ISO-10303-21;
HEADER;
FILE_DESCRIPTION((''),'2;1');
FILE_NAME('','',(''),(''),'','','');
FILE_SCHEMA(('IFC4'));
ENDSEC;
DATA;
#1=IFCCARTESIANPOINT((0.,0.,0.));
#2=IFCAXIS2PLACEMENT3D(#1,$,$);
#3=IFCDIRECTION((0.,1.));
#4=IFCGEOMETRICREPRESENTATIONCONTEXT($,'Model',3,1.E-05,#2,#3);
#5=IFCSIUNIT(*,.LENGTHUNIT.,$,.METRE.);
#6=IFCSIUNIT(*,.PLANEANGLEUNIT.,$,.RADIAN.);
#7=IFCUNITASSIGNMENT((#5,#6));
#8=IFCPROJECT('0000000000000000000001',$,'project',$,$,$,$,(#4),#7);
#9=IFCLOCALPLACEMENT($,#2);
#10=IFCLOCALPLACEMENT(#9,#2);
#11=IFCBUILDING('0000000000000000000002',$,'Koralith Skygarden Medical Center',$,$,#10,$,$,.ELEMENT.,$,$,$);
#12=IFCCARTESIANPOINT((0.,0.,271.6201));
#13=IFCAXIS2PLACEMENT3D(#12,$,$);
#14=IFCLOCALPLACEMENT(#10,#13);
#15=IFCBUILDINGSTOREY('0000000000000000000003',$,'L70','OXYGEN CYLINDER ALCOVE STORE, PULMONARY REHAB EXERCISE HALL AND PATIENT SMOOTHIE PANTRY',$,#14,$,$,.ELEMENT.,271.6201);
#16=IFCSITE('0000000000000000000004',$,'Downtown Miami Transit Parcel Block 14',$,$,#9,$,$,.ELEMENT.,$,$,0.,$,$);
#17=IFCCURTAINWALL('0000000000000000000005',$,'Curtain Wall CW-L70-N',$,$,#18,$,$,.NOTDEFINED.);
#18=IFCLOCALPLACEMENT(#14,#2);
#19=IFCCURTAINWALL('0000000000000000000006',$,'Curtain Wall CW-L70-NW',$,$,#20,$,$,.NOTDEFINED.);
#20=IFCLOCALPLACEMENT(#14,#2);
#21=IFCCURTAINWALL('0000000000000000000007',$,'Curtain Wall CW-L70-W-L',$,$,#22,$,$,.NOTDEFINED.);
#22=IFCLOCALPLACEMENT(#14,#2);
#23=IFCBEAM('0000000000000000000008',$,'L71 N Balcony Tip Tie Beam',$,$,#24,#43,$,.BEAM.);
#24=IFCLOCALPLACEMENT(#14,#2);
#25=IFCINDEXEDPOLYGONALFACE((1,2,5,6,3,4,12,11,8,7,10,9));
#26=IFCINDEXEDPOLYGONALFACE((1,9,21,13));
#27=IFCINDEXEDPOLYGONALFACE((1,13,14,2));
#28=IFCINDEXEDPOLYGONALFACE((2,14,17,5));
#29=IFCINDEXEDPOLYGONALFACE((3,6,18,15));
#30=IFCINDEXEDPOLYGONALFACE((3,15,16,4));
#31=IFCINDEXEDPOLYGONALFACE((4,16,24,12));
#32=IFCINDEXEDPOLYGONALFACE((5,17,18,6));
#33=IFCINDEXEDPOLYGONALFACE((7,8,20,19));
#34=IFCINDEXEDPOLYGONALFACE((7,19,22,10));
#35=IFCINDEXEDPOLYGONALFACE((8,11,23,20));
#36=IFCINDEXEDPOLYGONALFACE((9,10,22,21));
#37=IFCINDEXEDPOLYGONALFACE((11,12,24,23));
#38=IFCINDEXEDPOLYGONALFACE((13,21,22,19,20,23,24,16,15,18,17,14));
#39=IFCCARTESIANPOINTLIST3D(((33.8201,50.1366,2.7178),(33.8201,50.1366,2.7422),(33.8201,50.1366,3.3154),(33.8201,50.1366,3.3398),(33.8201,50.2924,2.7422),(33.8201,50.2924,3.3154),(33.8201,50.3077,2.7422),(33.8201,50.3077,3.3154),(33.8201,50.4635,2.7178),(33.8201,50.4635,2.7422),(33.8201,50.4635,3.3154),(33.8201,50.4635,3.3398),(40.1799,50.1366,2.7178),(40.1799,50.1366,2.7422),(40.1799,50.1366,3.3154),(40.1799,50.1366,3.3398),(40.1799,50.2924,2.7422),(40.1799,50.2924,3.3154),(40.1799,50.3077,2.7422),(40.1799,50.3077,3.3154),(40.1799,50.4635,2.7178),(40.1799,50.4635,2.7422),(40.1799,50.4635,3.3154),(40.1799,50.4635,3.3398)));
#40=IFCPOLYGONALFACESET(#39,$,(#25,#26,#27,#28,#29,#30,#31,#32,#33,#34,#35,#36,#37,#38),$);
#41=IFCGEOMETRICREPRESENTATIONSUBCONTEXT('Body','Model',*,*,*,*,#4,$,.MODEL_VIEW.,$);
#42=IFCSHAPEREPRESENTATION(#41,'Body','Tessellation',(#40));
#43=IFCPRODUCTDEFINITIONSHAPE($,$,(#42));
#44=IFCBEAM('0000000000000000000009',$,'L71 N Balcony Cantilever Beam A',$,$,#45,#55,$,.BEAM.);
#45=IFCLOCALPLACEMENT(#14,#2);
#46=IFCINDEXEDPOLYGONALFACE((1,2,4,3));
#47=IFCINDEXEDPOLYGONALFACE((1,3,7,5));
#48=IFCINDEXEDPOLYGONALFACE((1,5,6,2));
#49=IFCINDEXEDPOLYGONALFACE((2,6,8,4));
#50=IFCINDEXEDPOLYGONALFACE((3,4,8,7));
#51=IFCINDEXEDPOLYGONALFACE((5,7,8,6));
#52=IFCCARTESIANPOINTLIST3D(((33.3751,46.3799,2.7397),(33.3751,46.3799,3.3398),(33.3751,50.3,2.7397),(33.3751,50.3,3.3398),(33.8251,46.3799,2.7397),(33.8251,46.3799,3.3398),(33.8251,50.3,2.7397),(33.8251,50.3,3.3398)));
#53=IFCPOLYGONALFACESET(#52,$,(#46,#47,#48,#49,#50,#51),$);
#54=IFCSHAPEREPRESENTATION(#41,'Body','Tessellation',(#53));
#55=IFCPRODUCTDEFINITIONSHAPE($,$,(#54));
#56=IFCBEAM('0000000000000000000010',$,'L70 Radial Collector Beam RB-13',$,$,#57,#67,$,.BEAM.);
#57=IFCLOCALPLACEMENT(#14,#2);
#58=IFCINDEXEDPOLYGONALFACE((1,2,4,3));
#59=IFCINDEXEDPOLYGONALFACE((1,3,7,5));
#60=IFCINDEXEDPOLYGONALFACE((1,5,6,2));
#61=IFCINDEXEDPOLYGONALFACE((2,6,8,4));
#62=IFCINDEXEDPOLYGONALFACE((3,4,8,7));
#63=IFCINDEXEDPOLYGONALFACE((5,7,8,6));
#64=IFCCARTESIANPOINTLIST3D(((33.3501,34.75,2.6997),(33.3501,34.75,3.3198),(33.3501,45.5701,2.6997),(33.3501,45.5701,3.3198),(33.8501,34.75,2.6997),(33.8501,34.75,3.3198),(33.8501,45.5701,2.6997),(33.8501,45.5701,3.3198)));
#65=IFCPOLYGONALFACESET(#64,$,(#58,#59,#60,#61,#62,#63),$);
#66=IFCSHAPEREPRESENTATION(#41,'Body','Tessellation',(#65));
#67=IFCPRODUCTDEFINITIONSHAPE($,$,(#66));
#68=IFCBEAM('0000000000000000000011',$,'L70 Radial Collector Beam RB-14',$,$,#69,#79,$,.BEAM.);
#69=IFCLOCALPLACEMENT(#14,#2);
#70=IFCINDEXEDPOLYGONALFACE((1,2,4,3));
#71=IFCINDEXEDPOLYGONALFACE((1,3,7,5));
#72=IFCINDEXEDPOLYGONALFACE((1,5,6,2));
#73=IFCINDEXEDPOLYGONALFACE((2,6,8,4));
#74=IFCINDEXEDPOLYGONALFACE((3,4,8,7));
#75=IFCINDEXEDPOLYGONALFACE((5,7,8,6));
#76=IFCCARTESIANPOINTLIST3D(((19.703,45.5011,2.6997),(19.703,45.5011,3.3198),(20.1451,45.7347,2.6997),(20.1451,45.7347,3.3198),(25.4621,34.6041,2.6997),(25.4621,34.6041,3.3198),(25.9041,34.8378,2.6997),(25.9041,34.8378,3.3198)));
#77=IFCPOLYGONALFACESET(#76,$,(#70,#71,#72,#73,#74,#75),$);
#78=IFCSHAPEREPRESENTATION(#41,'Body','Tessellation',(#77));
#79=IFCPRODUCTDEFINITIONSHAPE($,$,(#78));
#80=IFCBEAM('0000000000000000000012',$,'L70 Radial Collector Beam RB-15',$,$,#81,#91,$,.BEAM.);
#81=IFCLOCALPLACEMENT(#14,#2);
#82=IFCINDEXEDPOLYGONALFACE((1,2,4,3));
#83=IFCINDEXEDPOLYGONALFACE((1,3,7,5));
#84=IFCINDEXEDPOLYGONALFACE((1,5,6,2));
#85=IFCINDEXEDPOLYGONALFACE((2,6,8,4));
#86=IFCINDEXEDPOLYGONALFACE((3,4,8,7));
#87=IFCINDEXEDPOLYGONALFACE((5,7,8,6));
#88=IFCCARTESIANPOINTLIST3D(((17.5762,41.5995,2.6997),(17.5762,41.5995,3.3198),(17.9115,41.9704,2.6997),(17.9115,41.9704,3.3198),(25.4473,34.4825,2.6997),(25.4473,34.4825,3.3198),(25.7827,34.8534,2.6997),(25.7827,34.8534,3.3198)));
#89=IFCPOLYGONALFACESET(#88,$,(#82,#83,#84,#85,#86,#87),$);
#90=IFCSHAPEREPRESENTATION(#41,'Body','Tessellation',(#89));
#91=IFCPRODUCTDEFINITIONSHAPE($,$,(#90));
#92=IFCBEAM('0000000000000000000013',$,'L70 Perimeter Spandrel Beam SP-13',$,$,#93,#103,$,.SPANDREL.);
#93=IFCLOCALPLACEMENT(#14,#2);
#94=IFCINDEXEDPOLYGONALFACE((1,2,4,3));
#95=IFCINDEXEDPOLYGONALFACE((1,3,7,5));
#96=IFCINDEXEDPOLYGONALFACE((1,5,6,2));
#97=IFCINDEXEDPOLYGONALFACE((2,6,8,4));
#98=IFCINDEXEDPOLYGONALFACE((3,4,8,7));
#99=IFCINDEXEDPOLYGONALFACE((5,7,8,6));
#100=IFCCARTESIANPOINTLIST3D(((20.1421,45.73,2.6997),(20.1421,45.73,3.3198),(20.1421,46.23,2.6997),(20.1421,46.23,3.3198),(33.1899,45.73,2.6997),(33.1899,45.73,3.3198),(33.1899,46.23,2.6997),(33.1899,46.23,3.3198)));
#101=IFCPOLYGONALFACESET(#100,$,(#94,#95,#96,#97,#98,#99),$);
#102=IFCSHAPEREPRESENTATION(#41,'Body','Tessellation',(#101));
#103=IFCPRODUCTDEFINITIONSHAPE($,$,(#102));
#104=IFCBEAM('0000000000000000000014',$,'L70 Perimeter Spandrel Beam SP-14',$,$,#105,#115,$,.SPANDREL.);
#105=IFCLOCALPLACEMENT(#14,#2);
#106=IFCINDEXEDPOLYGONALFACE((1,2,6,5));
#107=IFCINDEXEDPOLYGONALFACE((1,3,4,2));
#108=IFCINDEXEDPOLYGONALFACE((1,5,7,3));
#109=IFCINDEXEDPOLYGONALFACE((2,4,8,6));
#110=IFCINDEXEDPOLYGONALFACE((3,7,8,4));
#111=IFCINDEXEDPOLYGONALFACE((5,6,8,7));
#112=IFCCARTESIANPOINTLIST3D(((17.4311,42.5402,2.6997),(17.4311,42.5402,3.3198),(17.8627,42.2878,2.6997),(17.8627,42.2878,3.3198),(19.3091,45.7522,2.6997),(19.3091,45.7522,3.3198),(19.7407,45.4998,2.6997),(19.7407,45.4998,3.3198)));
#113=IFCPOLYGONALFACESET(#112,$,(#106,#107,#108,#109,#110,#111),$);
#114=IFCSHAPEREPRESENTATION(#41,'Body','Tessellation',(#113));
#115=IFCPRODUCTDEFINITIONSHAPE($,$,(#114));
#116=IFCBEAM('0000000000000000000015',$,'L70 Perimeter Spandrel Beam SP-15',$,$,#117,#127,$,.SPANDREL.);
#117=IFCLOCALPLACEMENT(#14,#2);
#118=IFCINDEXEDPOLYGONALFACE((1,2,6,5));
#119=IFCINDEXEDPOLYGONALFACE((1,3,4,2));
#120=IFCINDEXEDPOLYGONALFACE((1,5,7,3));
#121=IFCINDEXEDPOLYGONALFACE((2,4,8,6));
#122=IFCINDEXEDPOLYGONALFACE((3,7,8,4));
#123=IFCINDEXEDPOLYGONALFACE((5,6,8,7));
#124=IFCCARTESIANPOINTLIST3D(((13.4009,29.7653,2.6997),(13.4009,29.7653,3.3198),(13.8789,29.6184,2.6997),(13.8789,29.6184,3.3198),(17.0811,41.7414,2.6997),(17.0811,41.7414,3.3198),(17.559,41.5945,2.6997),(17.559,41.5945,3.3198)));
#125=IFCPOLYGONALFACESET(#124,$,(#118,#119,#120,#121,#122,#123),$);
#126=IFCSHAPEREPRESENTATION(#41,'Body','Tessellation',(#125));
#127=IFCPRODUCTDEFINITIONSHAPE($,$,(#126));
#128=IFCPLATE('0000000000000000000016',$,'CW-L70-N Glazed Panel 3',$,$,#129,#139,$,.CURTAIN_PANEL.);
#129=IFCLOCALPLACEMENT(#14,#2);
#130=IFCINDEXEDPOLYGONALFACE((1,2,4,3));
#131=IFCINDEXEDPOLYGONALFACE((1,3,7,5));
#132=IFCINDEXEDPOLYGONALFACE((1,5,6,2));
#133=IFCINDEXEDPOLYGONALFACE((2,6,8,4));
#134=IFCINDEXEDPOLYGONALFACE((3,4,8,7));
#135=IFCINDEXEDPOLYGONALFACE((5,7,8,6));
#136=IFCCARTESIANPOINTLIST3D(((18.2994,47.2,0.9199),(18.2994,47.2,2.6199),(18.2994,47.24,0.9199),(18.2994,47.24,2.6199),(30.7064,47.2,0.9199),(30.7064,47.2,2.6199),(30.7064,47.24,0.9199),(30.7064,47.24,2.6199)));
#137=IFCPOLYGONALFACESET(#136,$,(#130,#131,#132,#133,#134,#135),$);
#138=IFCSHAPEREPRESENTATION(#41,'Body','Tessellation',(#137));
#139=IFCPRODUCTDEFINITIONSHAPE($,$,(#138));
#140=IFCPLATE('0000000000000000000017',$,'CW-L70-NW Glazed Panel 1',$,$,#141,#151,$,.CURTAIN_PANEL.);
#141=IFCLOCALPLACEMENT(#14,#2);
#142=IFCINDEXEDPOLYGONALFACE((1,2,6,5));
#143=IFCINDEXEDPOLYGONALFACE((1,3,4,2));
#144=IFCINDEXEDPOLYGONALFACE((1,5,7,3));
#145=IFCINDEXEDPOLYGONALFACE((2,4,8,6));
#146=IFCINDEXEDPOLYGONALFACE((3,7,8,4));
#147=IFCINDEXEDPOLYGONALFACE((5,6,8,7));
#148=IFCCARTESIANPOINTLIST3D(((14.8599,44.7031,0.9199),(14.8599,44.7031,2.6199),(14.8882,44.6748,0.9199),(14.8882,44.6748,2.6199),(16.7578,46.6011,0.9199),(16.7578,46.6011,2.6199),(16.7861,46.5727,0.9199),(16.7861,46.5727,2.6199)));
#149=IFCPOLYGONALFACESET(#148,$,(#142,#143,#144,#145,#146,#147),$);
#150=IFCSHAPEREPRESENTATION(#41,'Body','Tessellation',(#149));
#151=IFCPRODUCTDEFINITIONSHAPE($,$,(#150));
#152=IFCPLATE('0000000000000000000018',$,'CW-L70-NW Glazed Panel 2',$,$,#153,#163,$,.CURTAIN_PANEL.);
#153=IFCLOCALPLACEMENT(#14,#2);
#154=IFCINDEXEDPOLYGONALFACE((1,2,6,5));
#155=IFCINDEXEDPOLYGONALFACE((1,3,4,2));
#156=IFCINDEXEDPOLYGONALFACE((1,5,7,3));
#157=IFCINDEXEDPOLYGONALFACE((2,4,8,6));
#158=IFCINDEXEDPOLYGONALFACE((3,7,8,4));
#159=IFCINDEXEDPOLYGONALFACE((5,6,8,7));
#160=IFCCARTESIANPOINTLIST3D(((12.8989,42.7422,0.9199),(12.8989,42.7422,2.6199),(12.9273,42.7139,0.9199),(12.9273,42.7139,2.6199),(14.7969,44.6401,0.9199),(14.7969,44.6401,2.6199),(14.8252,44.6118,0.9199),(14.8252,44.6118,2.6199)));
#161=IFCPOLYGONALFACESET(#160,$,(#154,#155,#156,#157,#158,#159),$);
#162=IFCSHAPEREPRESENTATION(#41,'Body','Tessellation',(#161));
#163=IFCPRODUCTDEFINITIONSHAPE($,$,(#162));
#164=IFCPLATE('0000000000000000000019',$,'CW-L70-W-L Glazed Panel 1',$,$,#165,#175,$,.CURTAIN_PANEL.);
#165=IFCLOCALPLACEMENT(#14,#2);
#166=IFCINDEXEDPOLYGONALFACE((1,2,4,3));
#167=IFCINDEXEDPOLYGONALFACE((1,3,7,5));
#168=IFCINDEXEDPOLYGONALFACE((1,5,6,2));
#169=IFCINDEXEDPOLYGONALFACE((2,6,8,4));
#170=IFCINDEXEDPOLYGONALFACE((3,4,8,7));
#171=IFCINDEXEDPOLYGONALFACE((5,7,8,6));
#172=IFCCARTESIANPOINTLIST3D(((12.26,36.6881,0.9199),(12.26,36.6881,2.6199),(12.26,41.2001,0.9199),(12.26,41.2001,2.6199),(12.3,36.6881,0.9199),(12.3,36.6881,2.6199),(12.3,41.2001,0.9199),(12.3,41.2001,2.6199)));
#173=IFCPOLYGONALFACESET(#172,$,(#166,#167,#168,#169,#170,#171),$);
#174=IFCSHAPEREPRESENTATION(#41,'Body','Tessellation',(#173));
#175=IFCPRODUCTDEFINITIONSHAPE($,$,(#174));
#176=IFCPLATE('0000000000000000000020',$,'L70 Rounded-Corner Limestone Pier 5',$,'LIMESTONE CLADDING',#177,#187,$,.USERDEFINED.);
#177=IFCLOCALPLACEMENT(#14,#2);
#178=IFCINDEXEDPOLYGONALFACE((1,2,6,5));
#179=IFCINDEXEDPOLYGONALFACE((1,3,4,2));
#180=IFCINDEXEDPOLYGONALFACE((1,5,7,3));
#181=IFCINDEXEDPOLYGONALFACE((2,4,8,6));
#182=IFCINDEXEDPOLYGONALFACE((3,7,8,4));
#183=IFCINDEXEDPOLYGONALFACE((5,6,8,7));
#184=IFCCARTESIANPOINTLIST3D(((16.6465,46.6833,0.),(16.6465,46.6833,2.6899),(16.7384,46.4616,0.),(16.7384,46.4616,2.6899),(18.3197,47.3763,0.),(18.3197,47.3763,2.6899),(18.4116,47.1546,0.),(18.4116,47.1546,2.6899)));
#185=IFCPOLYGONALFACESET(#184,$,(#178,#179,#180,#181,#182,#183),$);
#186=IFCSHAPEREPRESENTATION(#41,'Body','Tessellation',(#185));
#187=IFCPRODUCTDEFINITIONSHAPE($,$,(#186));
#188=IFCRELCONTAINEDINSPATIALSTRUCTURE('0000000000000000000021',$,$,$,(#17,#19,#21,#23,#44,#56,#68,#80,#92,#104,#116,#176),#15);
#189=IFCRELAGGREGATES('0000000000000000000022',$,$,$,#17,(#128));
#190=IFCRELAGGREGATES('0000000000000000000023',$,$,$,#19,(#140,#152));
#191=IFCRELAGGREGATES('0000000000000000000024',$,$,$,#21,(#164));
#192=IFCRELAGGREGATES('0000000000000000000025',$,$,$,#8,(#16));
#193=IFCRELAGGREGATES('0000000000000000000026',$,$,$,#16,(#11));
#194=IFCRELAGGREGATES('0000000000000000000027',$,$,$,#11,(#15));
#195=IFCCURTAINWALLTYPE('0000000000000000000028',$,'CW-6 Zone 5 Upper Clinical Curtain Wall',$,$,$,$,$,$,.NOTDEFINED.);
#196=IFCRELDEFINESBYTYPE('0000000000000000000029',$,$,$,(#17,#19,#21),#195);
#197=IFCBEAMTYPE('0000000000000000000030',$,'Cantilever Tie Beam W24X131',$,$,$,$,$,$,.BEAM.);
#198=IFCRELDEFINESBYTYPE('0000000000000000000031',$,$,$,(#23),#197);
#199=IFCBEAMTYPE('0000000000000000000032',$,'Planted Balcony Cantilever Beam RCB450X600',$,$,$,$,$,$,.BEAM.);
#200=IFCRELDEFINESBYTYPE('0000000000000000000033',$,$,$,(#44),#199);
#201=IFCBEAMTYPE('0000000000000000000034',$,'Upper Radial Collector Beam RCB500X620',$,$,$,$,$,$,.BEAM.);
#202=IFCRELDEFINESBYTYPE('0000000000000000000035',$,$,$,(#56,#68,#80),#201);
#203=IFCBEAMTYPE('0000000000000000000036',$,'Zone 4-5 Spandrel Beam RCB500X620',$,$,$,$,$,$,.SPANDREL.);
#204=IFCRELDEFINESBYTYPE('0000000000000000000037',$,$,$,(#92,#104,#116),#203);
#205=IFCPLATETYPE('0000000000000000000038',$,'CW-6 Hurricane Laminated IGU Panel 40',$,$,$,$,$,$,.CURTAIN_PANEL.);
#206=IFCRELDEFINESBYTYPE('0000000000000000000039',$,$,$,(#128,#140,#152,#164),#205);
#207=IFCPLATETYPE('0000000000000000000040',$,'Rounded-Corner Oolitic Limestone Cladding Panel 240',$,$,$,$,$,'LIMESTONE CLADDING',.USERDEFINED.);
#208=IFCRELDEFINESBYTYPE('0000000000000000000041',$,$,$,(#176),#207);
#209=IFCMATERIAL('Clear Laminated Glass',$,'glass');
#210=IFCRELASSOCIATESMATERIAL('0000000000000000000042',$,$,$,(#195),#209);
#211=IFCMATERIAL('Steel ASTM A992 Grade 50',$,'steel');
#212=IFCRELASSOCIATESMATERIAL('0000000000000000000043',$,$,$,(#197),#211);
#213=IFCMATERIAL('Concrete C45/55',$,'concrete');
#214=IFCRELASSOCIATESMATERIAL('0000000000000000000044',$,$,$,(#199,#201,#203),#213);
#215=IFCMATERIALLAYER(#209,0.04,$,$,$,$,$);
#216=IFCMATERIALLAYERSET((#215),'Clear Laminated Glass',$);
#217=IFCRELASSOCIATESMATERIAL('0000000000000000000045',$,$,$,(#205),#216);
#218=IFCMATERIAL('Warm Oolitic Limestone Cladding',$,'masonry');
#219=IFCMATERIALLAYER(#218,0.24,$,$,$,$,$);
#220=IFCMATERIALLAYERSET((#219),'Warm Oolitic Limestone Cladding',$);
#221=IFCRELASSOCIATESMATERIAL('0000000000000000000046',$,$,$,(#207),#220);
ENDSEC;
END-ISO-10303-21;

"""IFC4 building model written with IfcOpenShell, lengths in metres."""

from ifc_helpers import new_model, si_unit, direction, frame, origin, origin_2d, place, context, subcontext, project, spatial, rectangle, i_section, extrude, material, layer, layer_set, material_profile, profile_set, type_object, element, aggregate, save


model = new_model("IFC4")

# Units and contexts
model_context = context("Model", 3, precision=1e-05, world=origin(), true_north=direction((0.0, 1.0)))
body_context = subcontext(model_context, "Body", "Model", "MODEL_VIEW")
ifc_project = project(units=[si_unit("LENGTHUNIT", "METRE"), si_unit("PLANEANGLEUNIT", "RADIAN")], contexts=[model_context])

# Site, building, storey
site_placement = place(None, origin())
site = spatial("IfcSite", under=ifc_project, at=site_placement, Name="Downtown Miami Transit Parcel Block 14", CompositionType="ELEMENT", RefElevation=0.0)
building_placement = place(site_placement, origin())
building = spatial("IfcBuilding", under=site, at=building_placement, Name="Koralith Skygarden Medical Center", CompositionType="ELEMENT")
storey_placement = place(building_placement, frame((0.0, 0.0, 271.6201)))
storey = spatial("IfcBuildingStorey", under=building, at=storey_placement, Name="L70", Description="OXYGEN CYLINDER ALCOVE STORE, PULMONARY REHAB EXERCISE HALL AND PATIENT SMOOTHIE PANTRY", CompositionType="ELEMENT", Elevation=271.6201)

# Curtain walls
ifc_material_1 = material(Name="Clear Laminated Glass", Category="glass")
curtain_wall_type = type_object("IfcCurtainWallType", Name="CW-6 Zone 5 Upper Clinical Curtain Wall", PredefinedType="NOTDEFINED", material=ifc_material_1)
curtain_wall_1_placement = place(storey_placement, origin())
curtain_wall_1 = element("IfcCurtainWall", 1, at=curtain_wall_1_placement, inside=storey, type_object=curtain_wall_type, Name="Curtain Wall CW-L70-N", PredefinedType="NOTDEFINED")
curtain_wall_2_placement = place(storey_placement, origin())
curtain_wall_2 = element("IfcCurtainWall", 2, at=curtain_wall_2_placement, inside=storey, type_object=curtain_wall_type, Name="Curtain Wall CW-L70-NW", PredefinedType="NOTDEFINED")
curtain_wall_3_placement = place(storey_placement, origin())
curtain_wall_3 = element("IfcCurtainWall", 3, at=curtain_wall_3_placement, inside=storey, type_object=curtain_wall_type, Name="Curtain Wall CW-L70-W-L", PredefinedType="NOTDEFINED")

# Beams
ifc_material_2 = material(Name="Steel ASTM A992 Grade 50", Category="steel")
ifc_material_profile_1 = material_profile(ifc_material_2, i_section(OverallWidth=0.3269, OverallDepth=0.6221, WebThickness=0.0154, FlangeThickness=0.0244, at=origin_2d()), Name="W24X131")
ifc_profile_set_1 = profile_set([ifc_material_profile_1], Name="Steel ASTM A992 Grade 50")
beam_type_1 = type_object("IfcBeamType", Name="Cantilever Tie Beam W24X131", PredefinedType="BEAM", material=ifc_profile_set_1)
beam_1_placement = place(storey_placement, frame((33.8201, 50.3, 3.0288), z_axis=(1.0, 0.0, 0.0), x_axis=(0.0, 1.0, 0.0)))
element("IfcBeam", 4, at=beam_1_placement, inside=storey, type_object=beam_type_1, Name="L71 N Balcony Tip Tie Beam", PredefinedType="BEAM", context=body_context, shape_type="SweptSolid", body=[
    extrude(i_section(OverallWidth=0.3269, OverallDepth=0.6221, WebThickness=0.0154, FlangeThickness=0.0244, at=origin_2d()), origin(), (0.0, 0.0, 1.0), 6.3599),
])
ifc_material_3 = material(Name="Concrete C45/55", Category="concrete")
ifc_material_profile_2 = material_profile(ifc_material_3, rectangle(XDim=0.45, YDim=0.6001, at=origin_2d()), Name="RCB450X600")
ifc_profile_set_2 = profile_set([ifc_material_profile_2], Name="Concrete C45/55")
beam_type_2 = type_object("IfcBeamType", Name="Planted Balcony Cantilever Beam RCB450X600", PredefinedType="BEAM", material=ifc_profile_set_2)
beam_2_placement = place(storey_placement, frame((33.6001, 46.3799, 3.0398), z_axis=(0.0, 1.0, 0.0), x_axis=(-1.0, 0.0, 0.0)))
element("IfcBeam", 5, at=beam_2_placement, inside=storey, type_object=beam_type_2, Name="L71 N Balcony Cantilever Beam A", PredefinedType="BEAM", context=body_context, shape_type="SweptSolid", body=[
    extrude(rectangle(XDim=0.45, YDim=0.6001, at=origin_2d()), origin(), (0.0, 0.0, 1.0), 3.9202),
])
ifc_material_profile_3 = material_profile(ifc_material_3, rectangle(XDim=0.5, YDim=0.6201, at=origin_2d()), Name="RCB500X620")
ifc_profile_set_3 = profile_set([ifc_material_profile_3], Name="Concrete C45/55")
beam_type_3 = type_object("IfcBeamType", Name="Upper Radial Collector Beam RCB500X620", PredefinedType="BEAM", material=ifc_profile_set_3)
beam_3_placement = place(storey_placement, frame((33.6001, 34.75, 3.0098), z_axis=(0.0, 1.0, 0.0), x_axis=(-1.0, 0.0, 0.0)))
element("IfcBeam", 6, at=beam_3_placement, inside=storey, type_object=beam_type_3, Name="L70 Radial Collector Beam RB-13", PredefinedType="BEAM", context=body_context, shape_type="SweptSolid", body=[
    extrude(rectangle(XDim=0.5, YDim=0.6201, at=origin_2d()), origin(), (0.0, 0.0, 1.0), 10.8201),
])
beam_4_placement = place(storey_placement, frame((25.6831, 34.7209, 3.0098), z_axis=(-0.467257, 0.884122, 0.0), x_axis=(-0.884122, -0.467257, 0.0)))
element("IfcBeam", 7, at=beam_4_placement, inside=storey, type_object=beam_type_3, Name="L70 Radial Collector Beam RB-14", PredefinedType="BEAM", context=body_context, shape_type="SweptSolid", body=[
    extrude(rectangle(XDim=0.5, YDim=0.6201, at=origin_2d()), origin(), (0.0, 0.0, 1.0), 12.3252),
])
beam_5_placement = place(storey_placement, frame((25.615, 34.668, 3.0098), z_axis=(-0.741748, 0.670679, 0.0), x_axis=(-0.670679, -0.741748, 0.0)))
element("IfcBeam", 8, at=beam_5_placement, inside=storey, type_object=beam_type_3, Name="L70 Radial Collector Beam RB-15", PredefinedType="BEAM", context=body_context, shape_type="SweptSolid", body=[
    extrude(rectangle(XDim=0.5, YDim=0.6201, at=origin_2d()), origin(), (0.0, 0.0, 1.0), 10.6116),
])
ifc_material_profile_4 = material_profile(ifc_material_3, rectangle(XDim=0.5, YDim=0.6201, at=origin_2d()), Name="RCB500X620")
ifc_profile_set_4 = profile_set([ifc_material_profile_4], Name="Concrete C45/55")
beam_type_4 = type_object("IfcBeamType", Name="Zone 4-5 Spandrel Beam RCB500X620", PredefinedType="SPANDREL", material=ifc_profile_set_4)
beam_6_placement = place(storey_placement, frame((33.1899, 45.98, 3.0098), z_axis=(-1.0, 0.0, 0.0), x_axis=(0.0, -1.0, 0.0)))
element("IfcBeam", 9, at=beam_6_placement, inside=storey, type_object=beam_type_4, Name="L70 Perimeter Spandrel Beam SP-13", PredefinedType="SPANDREL", context=body_context, shape_type="SweptSolid", body=[
    extrude(rectangle(XDim=0.5, YDim=0.6201, at=origin_2d()), origin(), (0.0, 0.0, 1.0), 13.0479),
])
beam_7_placement = place(storey_placement, frame((19.5249, 45.626, 3.0098), z_axis=(-0.504736, -0.863274, 0.0), x_axis=(0.863274, -0.504736, 0.0)))
element("IfcBeam", 10, at=beam_7_placement, inside=storey, type_object=beam_type_4, Name="L70 Perimeter Spandrel Beam SP-14", PredefinedType="SPANDREL", context=body_context, shape_type="SweptSolid", body=[
    extrude(rectangle(XDim=0.5, YDim=0.6201, at=origin_2d()), origin(), (0.0, 0.0, 1.0), 3.7207),
])
beam_8_placement = place(storey_placement, frame((17.3201, 41.668, 3.0098), z_axis=(-0.293738, -0.955886, 0.0), x_axis=(0.955886, -0.293738, 0.0)))
element("IfcBeam", 11, at=beam_8_placement, inside=storey, type_object=beam_type_4, Name="L70 Perimeter Spandrel Beam SP-15", PredefinedType="SPANDREL", context=body_context, shape_type="SweptSolid", body=[
    extrude(rectangle(XDim=0.5, YDim=0.6201, at=origin_2d()), origin(), (0.0, 0.0, 1.0), 12.5288),
])

# Plates
ifc_layer_1 = layer(ifc_material_1, 0.04)
ifc_layer_set_1 = layer_set([ifc_layer_1], Name="Clear Laminated Glass")
plate_type_1 = type_object("IfcPlateType", Name="CW-6 Hurricane Laminated IGU Panel 40", PredefinedType="CURTAIN_PANEL", material=ifc_layer_set_1)
plate_1_placement = place(storey_placement, frame((24.5029, 47.22, 0.9199), z_axis=(0.0, 0.0, 1.0), x_axis=(-1.0, 0.0, 0.0)))
plate_1 = element("IfcPlate", 12, at=plate_1_placement, type_object=plate_type_1, Name="CW-L70-N Glazed Panel 3", PredefinedType="CURTAIN_PANEL", context=body_context, shape_type="SweptSolid", body=[
    extrude(rectangle(XDim=12.407, YDim=0.04, at=origin_2d()), origin(), (0.0, 0.0, 1.0), 1.7),
])
aggregate(curtain_wall_1, [plate_1])
plate_2_placement = place(storey_placement, frame((15.823, 45.6379, 0.9199), z_axis=(0.0, 0.0, 1.0), x_axis=(-0.707107, -0.707107, 0.0)))
plate_2 = element("IfcPlate", 13, at=plate_2_placement, type_object=plate_type_1, Name="CW-L70-NW Glazed Panel 1", PredefinedType="CURTAIN_PANEL", context=body_context, shape_type="SweptSolid", body=[
    extrude(rectangle(XDim=2.6841, YDim=0.04, at=origin_2d()), origin(), (0.0, 0.0, 1.0), 1.7),
])
plate_3_placement = place(storey_placement, frame((13.8621, 43.677, 0.9199), z_axis=(0.0, 0.0, 1.0), x_axis=(-0.707107, -0.707107, 0.0)))
plate_3 = element("IfcPlate", 14, at=plate_3_placement, type_object=plate_type_1, Name="CW-L70-NW Glazed Panel 2", PredefinedType="CURTAIN_PANEL", context=body_context, shape_type="SweptSolid", body=[
    extrude(rectangle(XDim=2.6841, YDim=0.04, at=origin_2d()), origin(), (0.0, 0.0, 1.0), 1.7),
])
aggregate(curtain_wall_2, [plate_2, plate_3])
plate_4_placement = place(storey_placement, frame((12.28, 38.9441, 0.9199), z_axis=(0.0, 0.0, 1.0), x_axis=(0.0, -1.0, 0.0)))
plate_4 = element("IfcPlate", 15, at=plate_4_placement, type_object=plate_type_1, Name="CW-L70-W-L Glazed Panel 1", PredefinedType="CURTAIN_PANEL", context=body_context, shape_type="SweptSolid", body=[
    extrude(rectangle(XDim=4.512, YDim=0.04, at=origin_2d()), origin(), (0.0, 0.0, 1.0), 1.7),
])
aggregate(curtain_wall_3, [plate_4])

# Plate
ifc_material_4 = material(Name="Warm Oolitic Limestone Cladding", Category="masonry")
ifc_layer_2 = layer(ifc_material_4, 0.24)
ifc_layer_set_2 = layer_set([ifc_layer_2], Name="Warm Oolitic Limestone Cladding")
plate_type_2 = type_object("IfcPlateType", Name="Rounded-Corner Oolitic Limestone Cladding Panel 240", ElementType="LIMESTONE CLADDING", PredefinedType="USERDEFINED", material=ifc_layer_set_2)
for number, where, z_axis, x_axis, name in (
    (16, (17.5291, 46.9189, 0.0), (0.0, 0.0, 1.0), (-0.923885, -0.382671, 0.0), "L70 Rounded-Corner Limestone Pier 5"),
):
    element("IfcPlate", number, at=place(storey_placement, frame(where, z_axis=z_axis, x_axis=x_axis)), inside=storey, type_object=plate_type_2, Name=name, ObjectType="LIMESTONE CLADDING", PredefinedType="USERDEFINED", context=body_context, shape_type="SweptSolid", body=[
        extrude(rectangle(XDim=1.811, YDim=0.24, at=origin_2d()), origin(), (0.0, 0.0, 1.0), 2.6899),
    ])

save(model, "model.ifc")
